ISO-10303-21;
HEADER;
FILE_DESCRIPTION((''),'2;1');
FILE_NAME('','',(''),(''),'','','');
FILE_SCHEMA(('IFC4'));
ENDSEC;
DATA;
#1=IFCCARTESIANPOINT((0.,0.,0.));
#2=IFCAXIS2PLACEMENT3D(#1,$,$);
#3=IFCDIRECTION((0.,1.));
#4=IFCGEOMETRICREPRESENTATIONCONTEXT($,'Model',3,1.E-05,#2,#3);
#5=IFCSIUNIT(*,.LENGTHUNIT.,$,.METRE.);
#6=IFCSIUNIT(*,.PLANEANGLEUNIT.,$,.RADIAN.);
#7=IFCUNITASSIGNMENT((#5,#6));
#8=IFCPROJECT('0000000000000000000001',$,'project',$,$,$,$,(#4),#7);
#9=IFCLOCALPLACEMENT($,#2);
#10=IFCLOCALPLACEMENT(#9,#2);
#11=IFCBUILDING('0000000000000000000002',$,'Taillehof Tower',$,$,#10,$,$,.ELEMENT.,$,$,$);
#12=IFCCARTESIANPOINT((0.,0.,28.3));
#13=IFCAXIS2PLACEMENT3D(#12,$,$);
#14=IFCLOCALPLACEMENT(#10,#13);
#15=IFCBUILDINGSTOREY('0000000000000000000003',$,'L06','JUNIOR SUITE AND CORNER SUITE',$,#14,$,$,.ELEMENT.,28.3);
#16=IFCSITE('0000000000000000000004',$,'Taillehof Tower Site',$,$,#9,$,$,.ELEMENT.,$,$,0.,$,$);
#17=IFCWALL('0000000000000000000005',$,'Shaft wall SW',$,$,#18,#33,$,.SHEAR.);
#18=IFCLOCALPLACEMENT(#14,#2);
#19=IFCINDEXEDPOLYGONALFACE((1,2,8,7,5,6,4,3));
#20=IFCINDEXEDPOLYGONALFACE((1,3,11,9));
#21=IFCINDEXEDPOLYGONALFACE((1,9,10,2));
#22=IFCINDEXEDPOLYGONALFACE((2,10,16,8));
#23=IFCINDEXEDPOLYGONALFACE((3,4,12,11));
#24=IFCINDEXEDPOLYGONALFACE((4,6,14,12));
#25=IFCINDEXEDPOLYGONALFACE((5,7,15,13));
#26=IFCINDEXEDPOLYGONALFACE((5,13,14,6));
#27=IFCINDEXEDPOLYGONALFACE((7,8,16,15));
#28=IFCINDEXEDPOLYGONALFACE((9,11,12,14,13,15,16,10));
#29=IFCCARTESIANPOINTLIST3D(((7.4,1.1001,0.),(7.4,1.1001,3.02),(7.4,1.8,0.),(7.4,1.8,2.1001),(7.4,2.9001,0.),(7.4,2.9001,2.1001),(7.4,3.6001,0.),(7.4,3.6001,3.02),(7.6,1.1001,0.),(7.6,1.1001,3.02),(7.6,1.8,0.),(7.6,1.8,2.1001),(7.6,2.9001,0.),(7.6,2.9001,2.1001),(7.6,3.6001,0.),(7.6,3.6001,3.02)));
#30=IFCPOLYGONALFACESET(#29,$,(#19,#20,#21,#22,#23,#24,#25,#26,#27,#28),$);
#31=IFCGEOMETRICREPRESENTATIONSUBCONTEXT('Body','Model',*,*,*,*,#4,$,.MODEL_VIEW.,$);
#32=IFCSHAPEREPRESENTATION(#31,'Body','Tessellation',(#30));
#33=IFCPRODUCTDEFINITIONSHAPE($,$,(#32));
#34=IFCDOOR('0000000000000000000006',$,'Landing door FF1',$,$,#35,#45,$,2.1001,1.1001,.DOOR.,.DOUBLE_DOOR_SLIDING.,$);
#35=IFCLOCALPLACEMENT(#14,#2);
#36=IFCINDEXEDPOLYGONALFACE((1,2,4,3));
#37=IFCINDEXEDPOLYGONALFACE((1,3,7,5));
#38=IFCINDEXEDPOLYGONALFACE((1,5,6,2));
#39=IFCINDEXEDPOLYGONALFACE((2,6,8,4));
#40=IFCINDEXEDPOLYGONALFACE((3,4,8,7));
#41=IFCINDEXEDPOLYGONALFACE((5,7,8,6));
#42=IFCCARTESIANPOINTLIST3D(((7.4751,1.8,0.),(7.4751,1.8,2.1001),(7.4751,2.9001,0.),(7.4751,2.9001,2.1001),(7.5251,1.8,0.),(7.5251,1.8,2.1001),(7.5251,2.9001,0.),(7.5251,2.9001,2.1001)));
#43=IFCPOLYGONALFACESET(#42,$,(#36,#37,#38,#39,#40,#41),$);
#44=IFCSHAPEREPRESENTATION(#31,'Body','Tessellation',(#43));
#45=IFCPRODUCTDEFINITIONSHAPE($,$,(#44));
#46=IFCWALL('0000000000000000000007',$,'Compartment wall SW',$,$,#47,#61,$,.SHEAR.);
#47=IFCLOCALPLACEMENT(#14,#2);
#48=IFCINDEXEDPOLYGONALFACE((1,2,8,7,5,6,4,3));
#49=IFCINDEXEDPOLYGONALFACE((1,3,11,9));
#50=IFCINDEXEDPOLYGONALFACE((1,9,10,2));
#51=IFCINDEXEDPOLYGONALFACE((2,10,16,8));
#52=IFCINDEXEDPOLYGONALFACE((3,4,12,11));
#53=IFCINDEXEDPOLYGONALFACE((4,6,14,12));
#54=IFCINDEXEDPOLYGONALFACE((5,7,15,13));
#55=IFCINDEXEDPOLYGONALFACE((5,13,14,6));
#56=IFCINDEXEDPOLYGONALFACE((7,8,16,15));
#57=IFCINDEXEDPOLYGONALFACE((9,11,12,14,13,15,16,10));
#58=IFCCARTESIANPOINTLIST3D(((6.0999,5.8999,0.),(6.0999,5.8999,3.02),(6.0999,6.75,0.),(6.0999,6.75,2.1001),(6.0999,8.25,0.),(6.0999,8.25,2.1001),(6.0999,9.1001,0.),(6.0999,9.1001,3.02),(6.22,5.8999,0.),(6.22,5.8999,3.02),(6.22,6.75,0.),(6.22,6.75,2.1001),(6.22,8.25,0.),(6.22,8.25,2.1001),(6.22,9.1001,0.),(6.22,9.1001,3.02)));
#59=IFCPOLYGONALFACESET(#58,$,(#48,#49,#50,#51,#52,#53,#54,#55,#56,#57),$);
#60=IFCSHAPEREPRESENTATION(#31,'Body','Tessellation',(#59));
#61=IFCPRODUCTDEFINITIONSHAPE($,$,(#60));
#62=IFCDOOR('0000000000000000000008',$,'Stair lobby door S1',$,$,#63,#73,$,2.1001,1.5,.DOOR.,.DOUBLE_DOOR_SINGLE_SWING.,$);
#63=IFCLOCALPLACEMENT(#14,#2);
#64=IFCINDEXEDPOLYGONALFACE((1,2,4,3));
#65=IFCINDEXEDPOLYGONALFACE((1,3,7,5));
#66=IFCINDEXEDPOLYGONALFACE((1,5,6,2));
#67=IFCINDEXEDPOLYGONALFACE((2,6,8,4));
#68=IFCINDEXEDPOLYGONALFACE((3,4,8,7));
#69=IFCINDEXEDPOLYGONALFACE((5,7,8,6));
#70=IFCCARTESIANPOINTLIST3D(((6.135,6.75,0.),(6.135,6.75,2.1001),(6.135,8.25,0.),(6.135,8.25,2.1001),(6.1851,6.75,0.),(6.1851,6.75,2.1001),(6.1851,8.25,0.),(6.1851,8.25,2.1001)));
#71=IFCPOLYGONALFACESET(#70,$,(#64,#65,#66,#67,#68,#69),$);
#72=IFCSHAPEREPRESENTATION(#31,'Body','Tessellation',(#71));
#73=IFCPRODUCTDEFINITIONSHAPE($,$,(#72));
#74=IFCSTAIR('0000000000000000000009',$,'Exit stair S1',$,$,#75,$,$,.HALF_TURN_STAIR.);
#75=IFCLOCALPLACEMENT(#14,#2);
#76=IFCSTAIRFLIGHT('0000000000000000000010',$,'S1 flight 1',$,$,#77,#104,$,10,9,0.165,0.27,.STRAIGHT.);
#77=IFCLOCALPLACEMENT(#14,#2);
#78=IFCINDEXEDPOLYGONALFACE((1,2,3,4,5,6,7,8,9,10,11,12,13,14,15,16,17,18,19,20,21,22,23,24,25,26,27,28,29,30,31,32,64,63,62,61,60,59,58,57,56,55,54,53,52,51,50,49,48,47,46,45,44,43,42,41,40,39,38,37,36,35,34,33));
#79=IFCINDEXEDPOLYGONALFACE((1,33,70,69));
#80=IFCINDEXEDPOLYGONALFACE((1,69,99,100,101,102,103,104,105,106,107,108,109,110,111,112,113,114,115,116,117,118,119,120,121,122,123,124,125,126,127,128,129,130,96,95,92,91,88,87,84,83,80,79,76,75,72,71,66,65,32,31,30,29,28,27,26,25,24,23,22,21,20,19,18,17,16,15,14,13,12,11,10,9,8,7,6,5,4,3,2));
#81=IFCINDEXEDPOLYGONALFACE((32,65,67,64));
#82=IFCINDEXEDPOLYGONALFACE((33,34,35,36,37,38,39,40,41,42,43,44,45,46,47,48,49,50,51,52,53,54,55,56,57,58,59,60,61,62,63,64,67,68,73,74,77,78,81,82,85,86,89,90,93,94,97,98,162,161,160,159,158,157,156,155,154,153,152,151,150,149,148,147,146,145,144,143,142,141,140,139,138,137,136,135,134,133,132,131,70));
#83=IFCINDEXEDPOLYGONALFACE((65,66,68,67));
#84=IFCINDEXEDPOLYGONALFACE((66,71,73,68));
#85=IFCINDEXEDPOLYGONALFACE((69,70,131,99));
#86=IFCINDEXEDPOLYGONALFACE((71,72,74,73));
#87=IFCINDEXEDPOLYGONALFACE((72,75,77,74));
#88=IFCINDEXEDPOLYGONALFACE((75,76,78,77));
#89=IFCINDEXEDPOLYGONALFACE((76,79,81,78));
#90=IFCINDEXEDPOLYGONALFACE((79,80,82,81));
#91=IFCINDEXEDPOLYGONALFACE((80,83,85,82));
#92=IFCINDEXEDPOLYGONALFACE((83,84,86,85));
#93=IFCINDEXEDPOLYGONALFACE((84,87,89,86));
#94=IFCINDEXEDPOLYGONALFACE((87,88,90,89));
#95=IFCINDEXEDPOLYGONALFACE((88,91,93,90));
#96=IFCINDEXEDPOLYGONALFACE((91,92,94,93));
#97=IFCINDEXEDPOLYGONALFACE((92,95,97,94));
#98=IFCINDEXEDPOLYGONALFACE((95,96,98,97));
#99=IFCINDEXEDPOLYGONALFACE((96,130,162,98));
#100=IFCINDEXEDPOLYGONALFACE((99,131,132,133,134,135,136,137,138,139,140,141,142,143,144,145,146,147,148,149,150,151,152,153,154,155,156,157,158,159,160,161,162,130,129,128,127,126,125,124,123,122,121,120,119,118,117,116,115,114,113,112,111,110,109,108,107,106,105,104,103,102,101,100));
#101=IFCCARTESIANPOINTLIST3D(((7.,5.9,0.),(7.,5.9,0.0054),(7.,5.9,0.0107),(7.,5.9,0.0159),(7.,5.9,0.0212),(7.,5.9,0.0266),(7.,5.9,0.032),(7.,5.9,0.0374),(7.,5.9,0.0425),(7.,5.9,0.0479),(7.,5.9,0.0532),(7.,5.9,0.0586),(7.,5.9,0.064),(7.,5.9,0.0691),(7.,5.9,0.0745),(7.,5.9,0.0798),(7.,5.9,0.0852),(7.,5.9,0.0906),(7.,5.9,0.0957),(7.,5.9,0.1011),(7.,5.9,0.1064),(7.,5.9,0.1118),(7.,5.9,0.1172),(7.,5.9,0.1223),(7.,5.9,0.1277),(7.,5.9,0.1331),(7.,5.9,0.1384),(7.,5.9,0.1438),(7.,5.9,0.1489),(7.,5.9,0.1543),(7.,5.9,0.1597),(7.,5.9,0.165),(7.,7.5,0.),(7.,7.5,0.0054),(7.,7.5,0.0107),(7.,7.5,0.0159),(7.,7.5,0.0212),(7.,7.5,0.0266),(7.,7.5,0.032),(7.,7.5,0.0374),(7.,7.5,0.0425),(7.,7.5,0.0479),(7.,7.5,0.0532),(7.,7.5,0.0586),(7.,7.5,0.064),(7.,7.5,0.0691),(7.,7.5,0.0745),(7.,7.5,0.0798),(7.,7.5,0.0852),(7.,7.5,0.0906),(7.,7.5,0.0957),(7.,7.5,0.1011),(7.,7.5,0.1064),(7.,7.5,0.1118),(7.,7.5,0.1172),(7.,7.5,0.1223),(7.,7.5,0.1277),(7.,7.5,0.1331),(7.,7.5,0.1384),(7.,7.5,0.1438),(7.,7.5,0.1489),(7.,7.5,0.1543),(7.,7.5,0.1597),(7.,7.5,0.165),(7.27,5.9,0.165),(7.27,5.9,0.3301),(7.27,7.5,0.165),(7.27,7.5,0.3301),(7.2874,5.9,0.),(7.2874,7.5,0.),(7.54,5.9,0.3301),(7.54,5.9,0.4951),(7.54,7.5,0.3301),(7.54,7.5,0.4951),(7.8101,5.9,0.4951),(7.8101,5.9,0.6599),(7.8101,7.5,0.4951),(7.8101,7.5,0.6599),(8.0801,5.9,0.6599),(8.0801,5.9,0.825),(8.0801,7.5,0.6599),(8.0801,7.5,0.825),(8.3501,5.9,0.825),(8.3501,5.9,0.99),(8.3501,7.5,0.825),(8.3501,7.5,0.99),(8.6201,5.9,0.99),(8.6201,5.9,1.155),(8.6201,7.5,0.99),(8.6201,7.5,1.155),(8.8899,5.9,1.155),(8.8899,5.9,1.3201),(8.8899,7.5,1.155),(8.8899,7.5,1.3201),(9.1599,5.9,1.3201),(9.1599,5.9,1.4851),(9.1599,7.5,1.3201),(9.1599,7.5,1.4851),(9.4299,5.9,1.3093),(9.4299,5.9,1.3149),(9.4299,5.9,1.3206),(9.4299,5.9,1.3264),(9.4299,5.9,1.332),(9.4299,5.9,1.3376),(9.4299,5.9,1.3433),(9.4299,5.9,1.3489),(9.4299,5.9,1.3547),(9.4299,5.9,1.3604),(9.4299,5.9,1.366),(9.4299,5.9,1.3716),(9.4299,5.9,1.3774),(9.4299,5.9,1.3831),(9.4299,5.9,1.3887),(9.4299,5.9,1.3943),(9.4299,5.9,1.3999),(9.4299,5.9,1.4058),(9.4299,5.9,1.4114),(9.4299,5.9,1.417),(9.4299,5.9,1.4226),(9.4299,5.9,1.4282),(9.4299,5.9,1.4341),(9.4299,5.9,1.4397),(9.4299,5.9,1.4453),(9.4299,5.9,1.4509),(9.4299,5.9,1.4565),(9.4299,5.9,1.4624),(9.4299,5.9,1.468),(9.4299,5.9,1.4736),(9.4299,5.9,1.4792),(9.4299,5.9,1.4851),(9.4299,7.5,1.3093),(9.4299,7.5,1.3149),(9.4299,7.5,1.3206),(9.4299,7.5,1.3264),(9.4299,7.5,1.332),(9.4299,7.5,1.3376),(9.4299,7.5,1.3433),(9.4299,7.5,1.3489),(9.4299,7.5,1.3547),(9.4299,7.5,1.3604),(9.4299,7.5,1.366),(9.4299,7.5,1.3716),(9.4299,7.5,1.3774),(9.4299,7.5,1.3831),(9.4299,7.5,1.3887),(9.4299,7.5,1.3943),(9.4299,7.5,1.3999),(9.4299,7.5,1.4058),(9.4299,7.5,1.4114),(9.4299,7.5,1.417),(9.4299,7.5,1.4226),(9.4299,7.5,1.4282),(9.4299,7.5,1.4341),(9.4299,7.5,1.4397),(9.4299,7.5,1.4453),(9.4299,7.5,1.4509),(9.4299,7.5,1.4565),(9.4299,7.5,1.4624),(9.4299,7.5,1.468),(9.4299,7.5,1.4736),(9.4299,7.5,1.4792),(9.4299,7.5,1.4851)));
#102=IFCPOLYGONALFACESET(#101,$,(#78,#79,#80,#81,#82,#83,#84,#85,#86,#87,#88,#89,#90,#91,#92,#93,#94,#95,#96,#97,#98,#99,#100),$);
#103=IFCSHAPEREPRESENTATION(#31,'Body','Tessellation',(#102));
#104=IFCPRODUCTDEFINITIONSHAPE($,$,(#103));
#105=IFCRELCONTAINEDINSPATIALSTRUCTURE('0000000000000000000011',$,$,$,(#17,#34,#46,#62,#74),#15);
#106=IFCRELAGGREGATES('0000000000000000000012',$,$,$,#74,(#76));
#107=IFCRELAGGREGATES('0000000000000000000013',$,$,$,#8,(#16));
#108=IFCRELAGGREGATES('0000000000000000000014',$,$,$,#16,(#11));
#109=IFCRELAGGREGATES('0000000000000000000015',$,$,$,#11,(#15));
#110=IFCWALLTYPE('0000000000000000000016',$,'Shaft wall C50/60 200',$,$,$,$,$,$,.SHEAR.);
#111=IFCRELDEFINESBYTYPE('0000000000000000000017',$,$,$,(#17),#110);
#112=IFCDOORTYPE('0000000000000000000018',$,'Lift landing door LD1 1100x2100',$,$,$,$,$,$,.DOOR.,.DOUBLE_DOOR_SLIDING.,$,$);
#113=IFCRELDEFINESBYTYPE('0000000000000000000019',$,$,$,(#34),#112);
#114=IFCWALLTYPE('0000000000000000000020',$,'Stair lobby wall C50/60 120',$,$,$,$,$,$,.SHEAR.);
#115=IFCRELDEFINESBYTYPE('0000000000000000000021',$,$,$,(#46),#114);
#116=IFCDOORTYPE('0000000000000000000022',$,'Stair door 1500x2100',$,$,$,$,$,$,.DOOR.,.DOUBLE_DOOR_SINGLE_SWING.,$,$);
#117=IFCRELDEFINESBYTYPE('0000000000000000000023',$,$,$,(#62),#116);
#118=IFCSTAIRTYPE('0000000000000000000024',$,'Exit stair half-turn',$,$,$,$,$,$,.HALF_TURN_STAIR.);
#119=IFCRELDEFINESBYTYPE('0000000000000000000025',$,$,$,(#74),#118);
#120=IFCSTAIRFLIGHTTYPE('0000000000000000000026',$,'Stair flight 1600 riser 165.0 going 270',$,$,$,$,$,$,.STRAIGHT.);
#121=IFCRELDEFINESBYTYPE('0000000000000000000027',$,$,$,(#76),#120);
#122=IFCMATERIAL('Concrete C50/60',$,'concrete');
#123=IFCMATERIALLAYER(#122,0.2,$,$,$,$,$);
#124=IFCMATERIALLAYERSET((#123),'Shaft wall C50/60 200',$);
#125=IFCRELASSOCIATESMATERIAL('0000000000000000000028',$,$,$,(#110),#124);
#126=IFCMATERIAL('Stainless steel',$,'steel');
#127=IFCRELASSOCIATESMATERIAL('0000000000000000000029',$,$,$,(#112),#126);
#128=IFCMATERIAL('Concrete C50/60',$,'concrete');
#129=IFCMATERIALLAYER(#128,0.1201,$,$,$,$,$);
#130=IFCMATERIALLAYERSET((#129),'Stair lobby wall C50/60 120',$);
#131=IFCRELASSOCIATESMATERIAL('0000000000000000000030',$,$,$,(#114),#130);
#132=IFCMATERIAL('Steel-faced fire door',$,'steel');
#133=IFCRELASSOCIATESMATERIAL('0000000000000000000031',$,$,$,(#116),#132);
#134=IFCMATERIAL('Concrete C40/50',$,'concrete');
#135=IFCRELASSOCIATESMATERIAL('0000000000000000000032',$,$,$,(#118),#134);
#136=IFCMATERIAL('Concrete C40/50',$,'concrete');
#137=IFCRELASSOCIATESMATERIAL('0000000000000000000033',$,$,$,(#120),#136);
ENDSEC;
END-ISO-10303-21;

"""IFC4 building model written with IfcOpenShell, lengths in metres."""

from ifc_helpers import new_model, si_unit, direction, frame, frame_2d, origin, place, context, subcontext, project, spatial, polyline, rectangle, outline, extrude, material, layer, layer_set, type_object, element, fill, aggregate, save


model = new_model("IFC4")

# Units and contexts
model_context = context("Model", 3, precision=1e-05, world=origin(), true_north=direction((0.0, 1.0)))
body_context = subcontext(model_context, "Body", "Model", "MODEL_VIEW")
ifc_project = project(units=[si_unit("LENGTHUNIT", "METRE"), si_unit("PLANEANGLEUNIT", "RADIAN")], contexts=[model_context])

# Site, building, storey
site_placement = place(None, origin())
site = spatial("IfcSite", under=ifc_project, at=site_placement, Name="Taillehof Tower Site", CompositionType="ELEMENT", RefElevation=0.0)
building_placement = place(site_placement, origin())
building = spatial("IfcBuilding", under=site, at=building_placement, Name="Taillehof Tower", CompositionType="ELEMENT")
storey_placement = place(building_placement, frame((0.0, 0.0, 28.3)))
storey = spatial("IfcBuildingStorey", under=building, at=storey_placement, Name="L06", Description="JUNIOR SUITE AND CORNER SUITE", CompositionType="ELEMENT", Elevation=28.3)

# Shared definitions
ifc_material_1 = material(Name="Concrete C50/60", Category="concrete")
ifc_layer_1 = layer(ifc_material_1, 0.2)
ifc_layer_set_1 = layer_set([ifc_layer_1], Name="Shaft wall C50/60 200")
wall_type_1 = type_object("IfcWallType", Name="Shaft wall C50/60 200", PredefinedType="SHEAR", material=ifc_layer_set_1)
ifc_material_2 = material(Name="Stainless steel", Category="steel")
door_type_1 = type_object("IfcDoorType", Name="Lift landing door LD1 1100x2100", OperationType="DOUBLE_DOOR_SLIDING", PredefinedType="DOOR", material=ifc_material_2)

# Walls, openings, doors
wall_1_placement = place(storey_placement, frame((7.5, 1.1001, 0.0), z_axis=(0.0, 0.0, 1.0), x_axis=(0.0, 1.0, 0.0)))
wall_1 = element("IfcWall", 1, at=wall_1_placement, inside=storey, type_object=wall_type_1, Name="Shaft wall SW", PredefinedType="SHEAR", context=body_context, shape_type="SweptSolid", body=[
    extrude(rectangle(XDim=2.5, YDim=0.2, at=frame_2d((1.25, 0.0))), origin(), (0.0, 0.0, 1.0), 3.02),
])
opening_1_placement = place(wall_1_placement, frame((0.7, 0.0, 0.0)))
opening_1 = element("IfcOpeningElement", 2, at=opening_1_placement, cuts=wall_1, PredefinedType="OPENING", context=body_context, shape_type="SweptSolid", body=[
    extrude(rectangle(XDim=1.1001, YDim=2.1001, at=frame_2d((0.55, 1.05))), frame((0.0, 0.1099, 0.0), z_axis=(0.0, -1.0, 0.0), x_axis=(1.0, 0.0, 0.0)), (0.0, 0.0, 1.0), 0.22),
])
door_1_placement = place(opening_1_placement, origin())
door_1 = element("IfcDoor", 3, at=door_1_placement, inside=storey, type_object=door_type_1, Name="Landing door FF1", OperationType="DOUBLE_DOOR_SLIDING", OverallHeight=2.1001, OverallWidth=1.1001, PredefinedType="DOOR", context=body_context, shape_type="SweptSolid", body=[
    extrude(rectangle(XDim=1.1001, YDim=2.1001, at=frame_2d((0.55, 1.05))), frame((0.0, 0.0249, 0.0), z_axis=(0.0, -1.0, 0.0), x_axis=(1.0, 0.0, 0.0)), (0.0, 0.0, 1.0), 0.05),
])
fill(opening_1, door_1)
ifc_material_3 = material(Name="Concrete C50/60", Category="concrete")
ifc_layer_2 = layer(ifc_material_3, 0.1201)
ifc_layer_set_2 = layer_set([ifc_layer_2], Name="Stair lobby wall C50/60 120")
wall_type_2 = type_object("IfcWallType", Name="Stair lobby wall C50/60 120", PredefinedType="SHEAR", material=ifc_layer_set_2)
wall_2_placement = place(storey_placement, frame((6.1599, 5.8999, 0.0), z_axis=(0.0, 0.0, 1.0), x_axis=(0.0, 1.0, 0.0)))
wall_2 = element("IfcWall", 4, at=wall_2_placement, inside=storey, type_object=wall_type_2, Name="Compartment wall SW", PredefinedType="SHEAR", context=body_context, shape_type="SweptSolid", body=[
    extrude(rectangle(XDim=3.2002, YDim=0.1201, at=frame_2d((1.6001, 0.0))), origin(), (0.0, 0.0, 1.0), 3.02),
])
opening_2_placement = place(wall_2_placement, frame((0.8501, 0.0, 0.0)))
opening_2 = element("IfcOpeningElement", 5, at=opening_2_placement, cuts=wall_2, PredefinedType="OPENING", context=body_context, shape_type="SweptSolid", body=[
    extrude(rectangle(XDim=1.5, YDim=2.1001, at=frame_2d((0.75, 1.05))), frame((0.0, 0.0701, 0.0), z_axis=(0.0, -1.0, 0.0), x_axis=(1.0, 0.0, 0.0)), (0.0, 0.0, 1.0), 0.1401),
])
ifc_material_4 = material(Name="Steel-faced fire door", Category="steel")
door_type_2 = type_object("IfcDoorType", Name="Stair door 1500x2100", OperationType="DOUBLE_DOOR_SINGLE_SWING", PredefinedType="DOOR", material=ifc_material_4)
door_2_placement = place(opening_2_placement, origin())
door_2 = element("IfcDoor", 6, at=door_2_placement, inside=storey, type_object=door_type_2, Name="Stair lobby door S1", OperationType="DOUBLE_DOOR_SINGLE_SWING", OverallHeight=2.1001, OverallWidth=1.5, PredefinedType="DOOR", context=body_context, shape_type="SweptSolid", body=[
    extrude(rectangle(XDim=1.5, YDim=2.1001, at=frame_2d((0.75, 1.05))), frame((0.0, 0.0249, 0.0), z_axis=(0.0, -1.0, 0.0), x_axis=(1.0, 0.0, 0.0)), (0.0, 0.0, 1.0), 0.05),
])
fill(opening_2, door_2)

# Stair, stair flight
ifc_material_5 = material(Name="Concrete C40/50", Category="concrete")
stair_type = type_object("IfcStairType", Name="Exit stair half-turn", PredefinedType="HALF_TURN_STAIR", material=ifc_material_5)
stair_placement = place(storey_placement, origin())
stair = element("IfcStair", 7, at=stair_placement, inside=storey, type_object=stair_type, Name="Exit stair S1", PredefinedType="HALF_TURN_STAIR")
ifc_material_6 = material(Name="Concrete C40/50", Category="concrete")
stair_flight_type = type_object("IfcStairFlightType", Name="Stair flight 1600 riser 165.0 going 270", PredefinedType="STRAIGHT", material=ifc_material_6)
stair_flight_1_placement = place(storey_placement, frame((7.0, 6.7, 0.0), z_axis=(0.0, 0.0, 1.0), x_axis=(1.0, 0.0, 0.0)))
stair_flight_1 = element("IfcStairFlight", 8, at=stair_flight_1_placement, type_object=stair_flight_type, Name="S1 flight 1", NumberOfRisers=10, NumberOfTreads=9, PredefinedType="STRAIGHT", RiserHeight=0.165, TreadLength=0.27, context=body_context, shape_type="SweptSolid", body=[
    extrude(outline(polyline([(0.0, 0.0), (0.0, 0.0054), (0.0, 0.0107), (0.0, 0.0159), (0.0, 0.0212), (0.0, 0.0266), (0.0, 0.032), (0.0, 0.0374), (0.0, 0.0425), (0.0, 0.0479), (0.0, 0.0532), (0.0, 0.0586), (0.0, 0.064), (0.0, 0.0691), (0.0, 0.0745), (0.0, 0.0798), (0.0, 0.0852), (0.0, 0.0906), (0.0, 0.0957), (0.0, 0.1011), (0.0, 0.1064), (0.0, 0.1118), (0.0, 0.1172), (0.0, 0.1223), (0.0, 0.1277), (0.0, 0.1331), (0.0, 0.1384), (0.0, 0.1438), (0.0, 0.1489), (0.0, 0.1543), (0.0, 0.1597), (0.0, 0.165), (0.27, 0.165), (0.27, 0.3301), (0.54, 0.3301), (0.54, 0.4951), (0.8101, 0.4951), (0.8101, 0.6599), (1.0801, 0.6599), (1.0801, 0.825), (1.3501, 0.825), (1.3501, 0.99), (1.6201, 0.99), (1.6201, 1.155), (1.8899, 1.155), (1.8899, 1.3201), (2.1599, 1.3201), (2.1599, 1.4851), (2.4299, 1.4851), (2.4299, 1.4792), (2.4299, 1.4736), (2.4299, 1.468), (2.4299, 1.4624), (2.4299, 1.4565), (2.4299, 1.4509), (2.4299, 1.4453), (2.4299, 1.4397), (2.4299, 1.4341), (2.4299, 1.4282), (2.4299, 1.4226), (2.4299, 1.417), (2.4299, 1.4114), (2.4299, 1.4058), (2.4299, 1.3999), (2.4299, 1.3943), (2.4299, 1.3887), (2.4299, 1.3831), (2.4299, 1.3774), (2.4299, 1.3716), (2.4299, 1.366), (2.4299, 1.3604), (2.4299, 1.3547), (2.4299, 1.3489), (2.4299, 1.3433), (2.4299, 1.3376), (2.4299, 1.332), (2.4299, 1.3264), (2.4299, 1.3206), (2.4299, 1.3149), (2.4299, 1.3093), (0.2874, 0.0), (0.0, 0.0)])), frame((0.0, 0.8, 0.0), z_axis=(0.0, -1.0, 0.0), x_axis=(1.0, 0.0, 0.0)), (0.0, 0.0, 1.0), 1.6),
])
aggregate(stair, [stair_flight_1])

save(model, "model.ifc")
